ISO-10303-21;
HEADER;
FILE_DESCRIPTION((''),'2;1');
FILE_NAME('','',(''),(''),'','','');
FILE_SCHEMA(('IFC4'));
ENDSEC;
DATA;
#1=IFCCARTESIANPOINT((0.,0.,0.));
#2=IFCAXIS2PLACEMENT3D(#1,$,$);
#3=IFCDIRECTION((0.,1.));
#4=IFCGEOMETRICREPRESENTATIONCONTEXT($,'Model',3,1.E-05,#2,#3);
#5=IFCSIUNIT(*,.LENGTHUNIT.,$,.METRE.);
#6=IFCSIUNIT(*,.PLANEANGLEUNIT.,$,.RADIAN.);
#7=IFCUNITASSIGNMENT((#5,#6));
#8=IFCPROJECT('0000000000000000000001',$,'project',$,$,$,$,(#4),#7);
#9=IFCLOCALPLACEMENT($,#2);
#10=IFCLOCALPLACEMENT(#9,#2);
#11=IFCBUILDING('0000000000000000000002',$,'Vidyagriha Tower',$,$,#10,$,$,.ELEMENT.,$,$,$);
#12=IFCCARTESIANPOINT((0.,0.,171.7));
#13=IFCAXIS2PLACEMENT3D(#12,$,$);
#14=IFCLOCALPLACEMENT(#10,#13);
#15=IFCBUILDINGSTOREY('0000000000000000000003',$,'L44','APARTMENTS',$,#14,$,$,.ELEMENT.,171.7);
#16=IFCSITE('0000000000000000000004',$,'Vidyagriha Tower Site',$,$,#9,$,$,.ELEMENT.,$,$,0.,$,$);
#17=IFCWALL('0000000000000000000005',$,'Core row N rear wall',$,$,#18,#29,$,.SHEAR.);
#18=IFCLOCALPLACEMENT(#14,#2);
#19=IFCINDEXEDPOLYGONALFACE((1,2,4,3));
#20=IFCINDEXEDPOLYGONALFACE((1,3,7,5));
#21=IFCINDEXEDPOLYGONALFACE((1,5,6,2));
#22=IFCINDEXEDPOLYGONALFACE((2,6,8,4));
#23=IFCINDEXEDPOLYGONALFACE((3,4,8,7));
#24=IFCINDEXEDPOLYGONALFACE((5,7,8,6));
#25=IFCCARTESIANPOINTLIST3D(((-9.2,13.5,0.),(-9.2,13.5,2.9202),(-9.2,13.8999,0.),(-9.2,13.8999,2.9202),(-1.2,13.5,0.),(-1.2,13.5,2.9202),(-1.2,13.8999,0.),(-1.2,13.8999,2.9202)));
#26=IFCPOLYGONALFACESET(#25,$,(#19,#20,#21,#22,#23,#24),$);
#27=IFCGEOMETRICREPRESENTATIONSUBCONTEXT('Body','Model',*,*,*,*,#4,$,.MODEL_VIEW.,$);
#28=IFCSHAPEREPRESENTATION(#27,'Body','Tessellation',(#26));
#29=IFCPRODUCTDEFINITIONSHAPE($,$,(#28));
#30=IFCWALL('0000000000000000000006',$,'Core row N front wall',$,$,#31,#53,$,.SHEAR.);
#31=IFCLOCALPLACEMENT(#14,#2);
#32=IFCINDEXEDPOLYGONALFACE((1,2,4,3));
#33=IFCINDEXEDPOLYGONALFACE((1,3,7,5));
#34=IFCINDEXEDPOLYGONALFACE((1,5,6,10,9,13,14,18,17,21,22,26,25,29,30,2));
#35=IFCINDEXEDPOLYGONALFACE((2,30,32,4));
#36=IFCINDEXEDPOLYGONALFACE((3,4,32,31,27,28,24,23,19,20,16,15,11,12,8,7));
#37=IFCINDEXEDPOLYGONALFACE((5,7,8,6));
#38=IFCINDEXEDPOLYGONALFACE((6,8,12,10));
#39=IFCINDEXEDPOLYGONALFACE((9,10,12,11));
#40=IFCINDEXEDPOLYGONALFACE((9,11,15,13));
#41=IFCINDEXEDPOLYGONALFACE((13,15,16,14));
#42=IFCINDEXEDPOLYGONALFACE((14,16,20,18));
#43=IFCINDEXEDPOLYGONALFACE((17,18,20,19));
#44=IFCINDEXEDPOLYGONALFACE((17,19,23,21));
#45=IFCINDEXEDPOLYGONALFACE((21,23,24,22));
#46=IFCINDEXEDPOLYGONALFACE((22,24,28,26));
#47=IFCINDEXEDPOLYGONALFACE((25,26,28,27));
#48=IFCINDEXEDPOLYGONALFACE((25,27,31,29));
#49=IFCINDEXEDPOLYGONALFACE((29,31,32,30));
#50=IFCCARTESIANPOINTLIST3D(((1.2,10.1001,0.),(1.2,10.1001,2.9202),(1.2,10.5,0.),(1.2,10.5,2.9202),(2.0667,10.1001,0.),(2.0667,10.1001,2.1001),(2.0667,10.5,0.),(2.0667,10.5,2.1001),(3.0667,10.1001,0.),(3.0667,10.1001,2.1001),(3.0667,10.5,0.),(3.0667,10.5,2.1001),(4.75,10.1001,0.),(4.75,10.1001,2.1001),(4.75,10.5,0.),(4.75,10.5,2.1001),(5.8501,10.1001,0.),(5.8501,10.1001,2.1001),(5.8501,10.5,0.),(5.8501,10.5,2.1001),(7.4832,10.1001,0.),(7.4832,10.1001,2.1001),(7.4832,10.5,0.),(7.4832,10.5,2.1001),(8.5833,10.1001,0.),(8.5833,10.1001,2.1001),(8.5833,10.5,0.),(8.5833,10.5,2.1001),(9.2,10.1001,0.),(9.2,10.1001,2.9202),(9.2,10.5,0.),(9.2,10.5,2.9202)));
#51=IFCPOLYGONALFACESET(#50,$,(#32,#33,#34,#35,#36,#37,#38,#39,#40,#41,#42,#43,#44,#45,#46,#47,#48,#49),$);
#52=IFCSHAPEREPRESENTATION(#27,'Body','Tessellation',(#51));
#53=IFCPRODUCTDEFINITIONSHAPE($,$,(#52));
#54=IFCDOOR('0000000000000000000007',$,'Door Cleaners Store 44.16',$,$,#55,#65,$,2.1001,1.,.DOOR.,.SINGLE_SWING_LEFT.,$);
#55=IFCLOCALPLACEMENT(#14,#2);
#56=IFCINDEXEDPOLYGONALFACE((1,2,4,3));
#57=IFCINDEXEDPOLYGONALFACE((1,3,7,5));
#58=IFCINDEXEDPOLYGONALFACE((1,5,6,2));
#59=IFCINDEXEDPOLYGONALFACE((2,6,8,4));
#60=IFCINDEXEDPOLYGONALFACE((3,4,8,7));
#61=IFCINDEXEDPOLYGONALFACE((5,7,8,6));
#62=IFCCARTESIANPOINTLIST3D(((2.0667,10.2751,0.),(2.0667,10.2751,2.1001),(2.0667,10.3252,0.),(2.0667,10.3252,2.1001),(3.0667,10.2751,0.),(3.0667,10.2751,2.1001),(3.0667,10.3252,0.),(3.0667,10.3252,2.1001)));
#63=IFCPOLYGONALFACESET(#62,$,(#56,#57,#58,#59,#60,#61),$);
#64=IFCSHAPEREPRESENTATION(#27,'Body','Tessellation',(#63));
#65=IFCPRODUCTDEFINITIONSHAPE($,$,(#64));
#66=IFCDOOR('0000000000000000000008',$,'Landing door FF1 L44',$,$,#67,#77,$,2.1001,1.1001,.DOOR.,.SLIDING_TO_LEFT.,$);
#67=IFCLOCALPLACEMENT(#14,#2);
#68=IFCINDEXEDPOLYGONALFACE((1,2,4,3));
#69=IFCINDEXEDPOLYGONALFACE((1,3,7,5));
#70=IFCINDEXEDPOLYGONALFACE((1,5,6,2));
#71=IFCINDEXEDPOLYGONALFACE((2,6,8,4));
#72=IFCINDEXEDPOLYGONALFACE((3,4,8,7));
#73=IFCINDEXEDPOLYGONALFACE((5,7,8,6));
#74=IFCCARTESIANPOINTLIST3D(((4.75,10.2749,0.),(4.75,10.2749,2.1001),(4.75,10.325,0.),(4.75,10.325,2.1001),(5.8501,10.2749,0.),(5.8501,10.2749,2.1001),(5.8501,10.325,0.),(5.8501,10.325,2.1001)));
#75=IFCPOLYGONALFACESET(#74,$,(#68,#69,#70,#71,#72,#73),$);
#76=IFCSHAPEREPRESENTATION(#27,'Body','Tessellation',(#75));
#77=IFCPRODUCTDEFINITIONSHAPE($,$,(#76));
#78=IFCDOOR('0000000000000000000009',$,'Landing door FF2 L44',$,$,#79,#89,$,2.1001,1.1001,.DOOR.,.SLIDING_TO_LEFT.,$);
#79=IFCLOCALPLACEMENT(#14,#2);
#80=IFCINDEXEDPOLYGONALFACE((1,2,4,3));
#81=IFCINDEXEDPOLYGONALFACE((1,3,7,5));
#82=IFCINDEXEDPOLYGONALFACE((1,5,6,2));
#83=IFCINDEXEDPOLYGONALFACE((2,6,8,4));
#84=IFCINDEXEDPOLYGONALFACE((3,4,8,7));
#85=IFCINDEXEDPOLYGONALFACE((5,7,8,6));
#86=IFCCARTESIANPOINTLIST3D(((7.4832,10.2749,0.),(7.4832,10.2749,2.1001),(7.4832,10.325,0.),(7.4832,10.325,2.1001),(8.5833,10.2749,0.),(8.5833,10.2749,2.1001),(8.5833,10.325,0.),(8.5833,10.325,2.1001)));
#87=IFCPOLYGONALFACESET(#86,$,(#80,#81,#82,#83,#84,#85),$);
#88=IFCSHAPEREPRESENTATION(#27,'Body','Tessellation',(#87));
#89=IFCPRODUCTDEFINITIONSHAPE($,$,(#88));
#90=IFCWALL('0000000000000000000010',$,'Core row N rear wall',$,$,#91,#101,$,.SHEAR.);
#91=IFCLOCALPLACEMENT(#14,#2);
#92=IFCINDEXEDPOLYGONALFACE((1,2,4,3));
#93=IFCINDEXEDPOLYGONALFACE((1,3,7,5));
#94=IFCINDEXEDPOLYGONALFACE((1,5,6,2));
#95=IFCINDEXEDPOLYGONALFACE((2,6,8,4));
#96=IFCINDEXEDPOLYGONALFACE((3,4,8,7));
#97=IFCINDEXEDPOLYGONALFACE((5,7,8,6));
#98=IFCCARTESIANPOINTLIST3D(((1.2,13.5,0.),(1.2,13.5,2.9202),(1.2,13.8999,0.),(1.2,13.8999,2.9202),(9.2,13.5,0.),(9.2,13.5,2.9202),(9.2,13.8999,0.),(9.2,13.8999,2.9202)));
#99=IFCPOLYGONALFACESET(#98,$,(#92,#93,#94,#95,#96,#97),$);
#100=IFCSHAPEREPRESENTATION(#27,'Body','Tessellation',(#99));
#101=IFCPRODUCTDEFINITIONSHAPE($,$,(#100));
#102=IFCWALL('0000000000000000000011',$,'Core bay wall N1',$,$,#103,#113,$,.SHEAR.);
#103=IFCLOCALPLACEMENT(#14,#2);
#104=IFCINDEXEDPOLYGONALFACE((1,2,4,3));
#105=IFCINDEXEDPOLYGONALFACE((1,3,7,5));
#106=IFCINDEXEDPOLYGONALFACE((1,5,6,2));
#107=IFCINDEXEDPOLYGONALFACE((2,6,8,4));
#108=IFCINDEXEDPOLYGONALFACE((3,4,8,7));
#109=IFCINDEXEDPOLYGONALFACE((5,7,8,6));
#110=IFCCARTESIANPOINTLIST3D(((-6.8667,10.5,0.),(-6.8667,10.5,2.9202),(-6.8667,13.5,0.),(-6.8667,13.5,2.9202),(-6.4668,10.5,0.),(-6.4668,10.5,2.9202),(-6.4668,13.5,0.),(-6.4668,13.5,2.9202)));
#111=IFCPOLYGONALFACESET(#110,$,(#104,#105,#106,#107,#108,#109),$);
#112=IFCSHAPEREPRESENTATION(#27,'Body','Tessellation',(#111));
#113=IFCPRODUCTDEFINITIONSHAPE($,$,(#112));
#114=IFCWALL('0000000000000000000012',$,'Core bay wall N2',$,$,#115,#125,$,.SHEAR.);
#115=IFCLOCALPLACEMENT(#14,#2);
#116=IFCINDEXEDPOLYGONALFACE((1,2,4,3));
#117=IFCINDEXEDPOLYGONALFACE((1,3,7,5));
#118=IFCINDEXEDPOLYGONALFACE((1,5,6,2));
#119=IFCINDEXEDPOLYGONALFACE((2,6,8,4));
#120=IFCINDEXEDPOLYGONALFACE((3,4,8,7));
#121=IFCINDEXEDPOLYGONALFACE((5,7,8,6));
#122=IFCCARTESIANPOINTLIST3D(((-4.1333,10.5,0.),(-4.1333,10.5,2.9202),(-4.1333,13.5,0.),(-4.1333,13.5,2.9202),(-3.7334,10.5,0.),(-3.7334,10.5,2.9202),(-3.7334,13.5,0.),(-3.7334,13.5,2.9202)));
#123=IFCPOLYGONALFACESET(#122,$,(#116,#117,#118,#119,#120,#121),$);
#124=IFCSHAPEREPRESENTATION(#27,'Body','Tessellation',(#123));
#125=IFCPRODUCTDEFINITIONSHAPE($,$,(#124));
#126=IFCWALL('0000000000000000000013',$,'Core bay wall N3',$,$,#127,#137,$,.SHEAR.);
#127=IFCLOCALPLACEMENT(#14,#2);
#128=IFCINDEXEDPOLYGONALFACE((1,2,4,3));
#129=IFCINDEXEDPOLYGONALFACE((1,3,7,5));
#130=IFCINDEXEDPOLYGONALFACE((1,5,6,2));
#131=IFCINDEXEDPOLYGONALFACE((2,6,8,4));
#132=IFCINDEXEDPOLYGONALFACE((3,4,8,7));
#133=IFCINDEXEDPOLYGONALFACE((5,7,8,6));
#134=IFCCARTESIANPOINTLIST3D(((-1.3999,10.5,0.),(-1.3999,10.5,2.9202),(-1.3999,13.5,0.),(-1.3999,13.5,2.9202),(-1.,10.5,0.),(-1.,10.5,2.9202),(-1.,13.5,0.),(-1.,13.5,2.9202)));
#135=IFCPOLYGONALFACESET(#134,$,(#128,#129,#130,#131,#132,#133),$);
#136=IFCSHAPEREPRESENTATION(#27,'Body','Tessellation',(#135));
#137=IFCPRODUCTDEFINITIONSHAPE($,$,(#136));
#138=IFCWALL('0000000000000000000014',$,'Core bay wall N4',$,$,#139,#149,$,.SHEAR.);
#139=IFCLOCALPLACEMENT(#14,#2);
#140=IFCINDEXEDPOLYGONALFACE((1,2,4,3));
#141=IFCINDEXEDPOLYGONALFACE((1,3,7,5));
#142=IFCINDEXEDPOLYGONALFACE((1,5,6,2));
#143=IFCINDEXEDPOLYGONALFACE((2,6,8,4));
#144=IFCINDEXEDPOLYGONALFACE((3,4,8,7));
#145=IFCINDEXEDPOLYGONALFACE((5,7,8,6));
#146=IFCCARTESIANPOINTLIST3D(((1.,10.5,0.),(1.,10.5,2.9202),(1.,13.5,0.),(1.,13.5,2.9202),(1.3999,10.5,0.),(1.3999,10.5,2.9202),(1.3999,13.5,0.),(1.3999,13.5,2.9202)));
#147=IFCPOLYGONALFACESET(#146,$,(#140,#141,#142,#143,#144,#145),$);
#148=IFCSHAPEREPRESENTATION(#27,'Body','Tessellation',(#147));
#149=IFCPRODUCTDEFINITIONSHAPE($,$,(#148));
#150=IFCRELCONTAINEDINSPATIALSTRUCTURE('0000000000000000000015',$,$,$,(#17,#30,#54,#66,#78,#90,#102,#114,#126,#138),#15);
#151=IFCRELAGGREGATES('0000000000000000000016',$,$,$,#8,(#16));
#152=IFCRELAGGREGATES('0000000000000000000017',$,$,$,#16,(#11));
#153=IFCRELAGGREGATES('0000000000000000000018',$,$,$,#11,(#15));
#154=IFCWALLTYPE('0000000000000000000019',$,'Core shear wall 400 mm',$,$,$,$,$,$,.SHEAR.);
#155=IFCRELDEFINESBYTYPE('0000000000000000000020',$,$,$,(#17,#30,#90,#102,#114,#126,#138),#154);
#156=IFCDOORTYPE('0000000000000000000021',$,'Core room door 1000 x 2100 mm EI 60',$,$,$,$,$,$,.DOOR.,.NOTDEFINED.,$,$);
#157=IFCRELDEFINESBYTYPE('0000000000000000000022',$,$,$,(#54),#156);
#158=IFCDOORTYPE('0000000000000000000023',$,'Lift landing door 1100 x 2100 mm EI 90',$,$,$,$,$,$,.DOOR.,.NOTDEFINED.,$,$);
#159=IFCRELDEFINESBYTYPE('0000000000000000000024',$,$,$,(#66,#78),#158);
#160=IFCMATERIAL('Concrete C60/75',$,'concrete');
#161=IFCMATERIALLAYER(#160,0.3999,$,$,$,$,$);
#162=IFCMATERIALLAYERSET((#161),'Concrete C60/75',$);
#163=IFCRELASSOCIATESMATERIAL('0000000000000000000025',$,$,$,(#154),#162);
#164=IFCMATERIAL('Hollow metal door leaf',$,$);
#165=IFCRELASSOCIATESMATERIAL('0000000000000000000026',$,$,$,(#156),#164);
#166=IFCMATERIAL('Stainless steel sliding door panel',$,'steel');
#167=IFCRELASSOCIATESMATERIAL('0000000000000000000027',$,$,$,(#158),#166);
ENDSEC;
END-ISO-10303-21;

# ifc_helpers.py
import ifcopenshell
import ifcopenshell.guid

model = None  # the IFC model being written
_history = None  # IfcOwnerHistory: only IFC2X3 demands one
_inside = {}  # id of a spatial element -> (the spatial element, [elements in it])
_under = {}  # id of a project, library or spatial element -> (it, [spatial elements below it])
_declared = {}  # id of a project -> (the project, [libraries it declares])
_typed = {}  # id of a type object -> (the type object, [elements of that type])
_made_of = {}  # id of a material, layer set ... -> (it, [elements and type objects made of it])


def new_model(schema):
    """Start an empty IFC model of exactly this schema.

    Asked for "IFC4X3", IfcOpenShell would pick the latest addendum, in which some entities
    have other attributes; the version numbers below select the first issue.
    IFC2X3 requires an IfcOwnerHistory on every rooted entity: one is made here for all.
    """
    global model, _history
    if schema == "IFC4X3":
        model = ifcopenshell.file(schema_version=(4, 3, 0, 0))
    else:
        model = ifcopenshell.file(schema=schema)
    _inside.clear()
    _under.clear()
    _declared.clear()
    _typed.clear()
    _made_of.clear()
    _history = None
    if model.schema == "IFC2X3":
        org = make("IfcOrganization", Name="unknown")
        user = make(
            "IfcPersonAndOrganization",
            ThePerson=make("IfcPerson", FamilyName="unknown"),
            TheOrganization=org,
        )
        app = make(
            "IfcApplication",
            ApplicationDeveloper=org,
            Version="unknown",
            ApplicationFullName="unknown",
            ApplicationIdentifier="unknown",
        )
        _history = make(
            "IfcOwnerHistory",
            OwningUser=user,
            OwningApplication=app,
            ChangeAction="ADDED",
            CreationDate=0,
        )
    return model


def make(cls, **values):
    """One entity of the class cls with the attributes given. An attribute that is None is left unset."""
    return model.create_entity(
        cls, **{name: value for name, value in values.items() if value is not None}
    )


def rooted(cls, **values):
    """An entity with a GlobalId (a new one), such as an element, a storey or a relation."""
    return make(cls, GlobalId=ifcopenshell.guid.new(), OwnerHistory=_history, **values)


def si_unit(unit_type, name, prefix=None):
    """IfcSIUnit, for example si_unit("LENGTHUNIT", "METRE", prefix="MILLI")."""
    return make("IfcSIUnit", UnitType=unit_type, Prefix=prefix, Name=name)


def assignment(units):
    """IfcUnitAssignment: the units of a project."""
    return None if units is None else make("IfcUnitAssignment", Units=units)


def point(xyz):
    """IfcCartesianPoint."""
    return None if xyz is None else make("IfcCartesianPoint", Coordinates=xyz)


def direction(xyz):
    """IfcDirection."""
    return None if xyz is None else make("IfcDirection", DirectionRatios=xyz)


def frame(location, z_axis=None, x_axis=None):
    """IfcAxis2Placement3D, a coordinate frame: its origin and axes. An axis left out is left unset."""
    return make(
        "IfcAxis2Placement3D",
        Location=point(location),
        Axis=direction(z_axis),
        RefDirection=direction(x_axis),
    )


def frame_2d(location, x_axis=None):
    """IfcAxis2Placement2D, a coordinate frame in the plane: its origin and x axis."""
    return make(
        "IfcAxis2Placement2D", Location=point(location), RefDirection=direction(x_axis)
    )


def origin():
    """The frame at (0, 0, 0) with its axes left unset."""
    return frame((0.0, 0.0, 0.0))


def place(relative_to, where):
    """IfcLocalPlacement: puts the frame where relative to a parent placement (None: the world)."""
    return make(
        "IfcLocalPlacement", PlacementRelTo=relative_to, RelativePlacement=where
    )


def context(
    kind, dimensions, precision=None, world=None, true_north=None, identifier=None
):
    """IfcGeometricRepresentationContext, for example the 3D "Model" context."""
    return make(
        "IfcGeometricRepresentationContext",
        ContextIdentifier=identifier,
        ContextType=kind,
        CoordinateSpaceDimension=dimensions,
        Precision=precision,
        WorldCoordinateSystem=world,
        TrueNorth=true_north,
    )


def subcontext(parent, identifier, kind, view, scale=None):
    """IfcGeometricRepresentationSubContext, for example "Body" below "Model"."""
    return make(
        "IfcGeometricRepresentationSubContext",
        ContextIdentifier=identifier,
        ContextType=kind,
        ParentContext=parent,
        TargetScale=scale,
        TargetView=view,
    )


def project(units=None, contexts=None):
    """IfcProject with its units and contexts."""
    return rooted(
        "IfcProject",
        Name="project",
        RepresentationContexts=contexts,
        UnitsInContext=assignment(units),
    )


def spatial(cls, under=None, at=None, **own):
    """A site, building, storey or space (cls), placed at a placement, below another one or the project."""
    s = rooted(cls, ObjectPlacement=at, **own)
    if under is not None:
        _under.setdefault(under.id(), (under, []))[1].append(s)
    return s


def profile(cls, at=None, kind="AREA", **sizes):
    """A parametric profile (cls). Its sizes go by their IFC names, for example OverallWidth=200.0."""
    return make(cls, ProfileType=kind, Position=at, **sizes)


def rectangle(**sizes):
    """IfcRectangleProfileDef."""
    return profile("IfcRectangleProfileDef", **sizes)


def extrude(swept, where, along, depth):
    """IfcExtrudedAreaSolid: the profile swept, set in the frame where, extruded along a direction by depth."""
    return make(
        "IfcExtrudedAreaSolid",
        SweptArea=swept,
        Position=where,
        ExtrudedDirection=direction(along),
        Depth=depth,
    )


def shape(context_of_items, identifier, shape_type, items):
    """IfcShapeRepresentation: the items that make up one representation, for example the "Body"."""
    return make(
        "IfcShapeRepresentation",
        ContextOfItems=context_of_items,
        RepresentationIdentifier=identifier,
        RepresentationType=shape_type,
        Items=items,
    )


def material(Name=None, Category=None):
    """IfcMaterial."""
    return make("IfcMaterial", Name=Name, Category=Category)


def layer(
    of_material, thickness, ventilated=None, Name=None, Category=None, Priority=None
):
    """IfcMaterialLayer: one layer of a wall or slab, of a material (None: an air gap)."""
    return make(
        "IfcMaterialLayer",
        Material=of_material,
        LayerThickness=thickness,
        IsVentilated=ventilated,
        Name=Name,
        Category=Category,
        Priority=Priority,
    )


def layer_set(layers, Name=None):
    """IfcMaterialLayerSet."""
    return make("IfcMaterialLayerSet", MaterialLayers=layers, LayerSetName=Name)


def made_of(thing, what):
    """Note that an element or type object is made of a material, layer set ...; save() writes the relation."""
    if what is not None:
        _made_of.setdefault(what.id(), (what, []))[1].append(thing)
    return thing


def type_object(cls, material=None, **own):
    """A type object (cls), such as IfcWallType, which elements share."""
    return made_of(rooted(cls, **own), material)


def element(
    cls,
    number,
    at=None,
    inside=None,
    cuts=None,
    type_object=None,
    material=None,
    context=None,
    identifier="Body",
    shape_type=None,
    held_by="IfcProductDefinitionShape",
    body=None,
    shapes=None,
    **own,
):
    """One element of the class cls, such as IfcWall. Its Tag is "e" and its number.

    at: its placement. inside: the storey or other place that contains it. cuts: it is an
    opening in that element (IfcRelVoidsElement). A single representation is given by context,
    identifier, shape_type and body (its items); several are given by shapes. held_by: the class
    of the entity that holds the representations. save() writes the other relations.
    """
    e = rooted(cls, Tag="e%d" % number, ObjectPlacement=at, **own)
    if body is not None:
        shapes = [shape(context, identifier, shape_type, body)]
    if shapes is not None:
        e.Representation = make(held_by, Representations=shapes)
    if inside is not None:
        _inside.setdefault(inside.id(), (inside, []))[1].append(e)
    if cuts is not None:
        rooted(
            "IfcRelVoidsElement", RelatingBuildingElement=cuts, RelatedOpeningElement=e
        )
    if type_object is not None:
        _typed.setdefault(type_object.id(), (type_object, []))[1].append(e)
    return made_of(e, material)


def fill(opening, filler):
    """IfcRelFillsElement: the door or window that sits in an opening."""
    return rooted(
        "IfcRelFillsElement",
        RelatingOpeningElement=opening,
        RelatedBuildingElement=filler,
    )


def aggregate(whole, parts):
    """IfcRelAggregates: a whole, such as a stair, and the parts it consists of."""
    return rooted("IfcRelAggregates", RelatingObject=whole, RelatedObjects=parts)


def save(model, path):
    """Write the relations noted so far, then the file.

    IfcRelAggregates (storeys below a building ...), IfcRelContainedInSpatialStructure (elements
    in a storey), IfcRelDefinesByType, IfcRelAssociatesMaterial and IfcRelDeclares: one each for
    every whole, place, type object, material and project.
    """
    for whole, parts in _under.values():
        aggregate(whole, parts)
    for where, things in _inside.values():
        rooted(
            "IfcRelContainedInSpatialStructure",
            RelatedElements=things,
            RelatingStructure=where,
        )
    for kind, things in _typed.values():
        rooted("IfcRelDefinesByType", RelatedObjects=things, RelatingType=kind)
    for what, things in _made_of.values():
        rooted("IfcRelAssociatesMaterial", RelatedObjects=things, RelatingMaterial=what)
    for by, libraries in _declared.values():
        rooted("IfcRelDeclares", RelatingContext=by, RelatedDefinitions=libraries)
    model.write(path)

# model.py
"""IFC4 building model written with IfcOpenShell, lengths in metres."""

from ifc_helpers import new_model, si_unit, direction, frame, frame_2d, origin, place, context, subcontext, project, spatial, rectangle, extrude, material, layer, layer_set, type_object, element, fill, save


model = new_model("IFC4")

# Units and contexts
model_context = context("Model", 3, precision=1e-05, world=origin(), true_north=direction((0.0, 1.0)))
body_context = subcontext(model_context, "Body", "Model", "MODEL_VIEW")
ifc_project = project(units=[si_unit("LENGTHUNIT", "METRE"), si_unit("PLANEANGLEUNIT", "RADIAN")], contexts=[model_context])

# Site, building, storey
site_placement = place(None, origin())
site = spatial("IfcSite", under=ifc_project, at=site_placement, Name="Vidyagriha Tower Site", CompositionType="ELEMENT", RefElevation=0.0)
building_placement = place(site_placement, origin())
building = spatial("IfcBuilding", under=site, at=building_placement, Name="Vidyagriha Tower", CompositionType="ELEMENT")
storey_placement = place(building_placement, frame((0.0, 0.0, 171.7)))
storey = spatial("IfcBuildingStorey", under=building, at=storey_placement, Name="L44", Description="APARTMENTS", CompositionType="ELEMENT", Elevation=171.7)

# Shared definitions
ifc_material_1 = material(Name="Concrete C60/75", Category="concrete")
ifc_layer_1 = layer(ifc_material_1, 0.3999)
ifc_layer_set_1 = layer_set([ifc_layer_1], Name="Concrete C60/75")
wall_type_1 = type_object("IfcWallType", Name="Core shear wall 400 mm", PredefinedType="SHEAR", material=ifc_layer_set_1)
ifc_material_2 = material(Name="Hollow metal door leaf")
door_type_1 = type_object("IfcDoorType", Name="Core room door 1000 x 2100 mm EI 60", OperationType="NOTDEFINED", PredefinedType="DOOR", material=ifc_material_2)
ifc_material_3 = material(Name="Stainless steel sliding door panel", Category="steel")
door_type_2 = type_object("IfcDoorType", Name="Lift landing door 1100 x 2100 mm EI 90", OperationType="NOTDEFINED", PredefinedType="DOOR", material=ifc_material_3)

# Wall
wall_1_placement = place(storey_placement, frame((-9.2, 13.7, 0.0)))
element("IfcWall", 1, at=wall_1_placement, inside=storey, type_object=wall_type_1, Name="Core row N rear wall", PredefinedType="SHEAR", context=body_context, shape_type="SweptSolid", body=[
    extrude(rectangle(XDim=8.0, YDim=0.3999, at=frame_2d((4.0, 0.0))), origin(), (0.0, 0.0, 1.0), 2.9202),
])

# Wall, openings, doors
wall_2_placement = place(storey_placement, frame((1.2, 10.3, 0.0)))
wall_2 = element("IfcWall", 2, at=wall_2_placement, inside=storey, type_object=wall_type_1, Name="Core row N front wall", PredefinedType="SHEAR", context=body_context, shape_type="SweptSolid", body=[
    extrude(rectangle(XDim=8.0, YDim=0.3999, at=frame_2d((4.0, 0.0))), origin(), (0.0, 0.0, 1.0), 2.9202),
])
opening_1_placement = place(wall_2_placement, frame((3.55, 0.0, 0.0)))
opening_1 = element("IfcOpeningElement", 3, at=opening_1_placement, cuts=wall_2, PredefinedType="OPENING", context=body_context, shape_type="SweptSolid", body=[
    extrude(rectangle(XDim=1.1001, YDim=2.1001, at=frame_2d((0.55, 1.05))), frame((0.0, 0.21, 0.0), z_axis=(0.0, -1.0, 0.0), x_axis=(1.0, 0.0, 0.0)), (0.0, 0.0, 1.0), 0.4199),
])
opening_2_placement = place(wall_2_placement, frame((6.2832, 0.0, 0.0)))
opening_2 = element("IfcOpeningElement", 4, at=opening_2_placement, cuts=wall_2, PredefinedType="OPENING", context=body_context, shape_type="SweptSolid", body=[
    extrude(rectangle(XDim=1.1001, YDim=2.1001, at=frame_2d((0.55, 1.05))), frame((0.0, 0.21, 0.0), z_axis=(0.0, -1.0, 0.0), x_axis=(1.0, 0.0, 0.0)), (0.0, 0.0, 1.0), 0.4199),
])
opening_3_placement = place(wall_2_placement, frame((0.8667, 0.0, 0.0)))
opening_3 = element("IfcOpeningElement", 5, at=opening_3_placement, cuts=wall_2, PredefinedType="OPENING", context=body_context, shape_type="SweptSolid", body=[
    extrude(rectangle(XDim=1.0, YDim=2.1001, at=frame_2d((0.5, 1.05))), frame((0.0, 0.21, 0.0), z_axis=(0.0, -1.0, 0.0), x_axis=(1.0, 0.0, 0.0)), (0.0, 0.0, 1.0), 0.4199),
])
door_1_placement = place(opening_3_placement, frame((1.0, 0.0, 0.0), z_axis=(0.0, 0.0, 1.0), x_axis=(-1.0, 0.0, 0.0)))
door_1 = element("IfcDoor", 6, at=door_1_placement, inside=storey, type_object=door_type_1, Name="Door Cleaners Store 44.16", OperationType="SINGLE_SWING_LEFT", OverallHeight=2.1001, OverallWidth=1.0, PredefinedType="DOOR", context=body_context, shape_type="SweptSolid", body=[
    extrude(rectangle(XDim=1.0, YDim=2.1001, at=frame_2d((0.5, 1.05))), frame((0.0, 0.0249, 0.0), z_axis=(0.0, -1.0, 0.0), x_axis=(1.0, 0.0, 0.0)), (0.0, 0.0, 1.0), 0.05),
])
fill(opening_3, door_1)
door_2_placement = place(opening_1_placement, origin())
door_2 = element("IfcDoor", 7, at=door_2_placement, inside=storey, type_object=door_type_2, Name="Landing door FF1 L44", OperationType="SLIDING_TO_LEFT", OverallHeight=2.1001, OverallWidth=1.1001, PredefinedType="DOOR", context=body_context, shape_type="SweptSolid", body=[
    extrude(rectangle(XDim=1.1001, YDim=2.1001, at=frame_2d((0.55, 1.05))), frame((0.0, 0.0249, 0.0), z_axis=(0.0, -1.0, 0.0), x_axis=(1.0, 0.0, 0.0)), (0.0, 0.0, 1.0), 0.05),
])
fill(opening_1, door_2)
door_3_placement = place(opening_2_placement, origin())
door_3 = element("IfcDoor", 8, at=door_3_placement, inside=storey, type_object=door_type_2, Name="Landing door FF2 L44", OperationType="SLIDING_TO_LEFT", OverallHeight=2.1001, OverallWidth=1.1001, PredefinedType="DOOR", context=body_context, shape_type="SweptSolid", body=[
    extrude(rectangle(XDim=1.1001, YDim=2.1001, at=frame_2d((0.55, 1.05))), frame((0.0, 0.0249, 0.0), z_axis=(0.0, -1.0, 0.0), x_axis=(1.0, 0.0, 0.0)), (0.0, 0.0, 1.0), 0.05),
])
fill(opening_2, door_3)

# Walls
wall_3_placement = place(storey_placement, frame((1.2, 13.7, 0.0)))
element("IfcWall", 9, at=wall_3_placement, inside=storey, type_object=wall_type_1, Name="Core row N rear wall", PredefinedType="SHEAR", context=body_context, shape_type="SweptSolid", body=[
    extrude(rectangle(XDim=8.0, YDim=0.3999, at=frame_2d((4.0, 0.0))), origin(), (0.0, 0.0, 1.0), 2.9202),
])
for number, where, z_axis, x_axis, name in (
    (10, (-6.6667, 10.5, 0.0), (0.0, 0.0, 1.0), (0.0, 1.0, 0.0), "Core bay wall N1"),
    (11, (-3.9333, 10.5, 0.0), (0.0, 0.0, 1.0), (0.0, 1.0, 0.0), "Core bay wall N2"),
    (12, (-1.2, 10.5, 0.0), (0.0, 0.0, 1.0), (0.0, 1.0, 0.0), "Core bay wall N3"),
    (13, (1.2, 10.5, 0.0), (0.0, 0.0, 1.0), (0.0, 1.0, 0.0), "Core bay wall N4"),
):
    element("IfcWall", number, at=place(storey_placement, frame(where, z_axis=z_axis, x_axis=x_axis)), inside=storey, type_object=wall_type_1, Name=name, PredefinedType="SHEAR", context=body_context, shape_type="SweptSolid", body=[
        extrude(rectangle(XDim=3.0, YDim=0.3999, at=frame_2d((1.5, 0.0))), origin(), (0.0, 0.0, 1.0), 2.9202),
    ])

save(model, "model.ifc")
